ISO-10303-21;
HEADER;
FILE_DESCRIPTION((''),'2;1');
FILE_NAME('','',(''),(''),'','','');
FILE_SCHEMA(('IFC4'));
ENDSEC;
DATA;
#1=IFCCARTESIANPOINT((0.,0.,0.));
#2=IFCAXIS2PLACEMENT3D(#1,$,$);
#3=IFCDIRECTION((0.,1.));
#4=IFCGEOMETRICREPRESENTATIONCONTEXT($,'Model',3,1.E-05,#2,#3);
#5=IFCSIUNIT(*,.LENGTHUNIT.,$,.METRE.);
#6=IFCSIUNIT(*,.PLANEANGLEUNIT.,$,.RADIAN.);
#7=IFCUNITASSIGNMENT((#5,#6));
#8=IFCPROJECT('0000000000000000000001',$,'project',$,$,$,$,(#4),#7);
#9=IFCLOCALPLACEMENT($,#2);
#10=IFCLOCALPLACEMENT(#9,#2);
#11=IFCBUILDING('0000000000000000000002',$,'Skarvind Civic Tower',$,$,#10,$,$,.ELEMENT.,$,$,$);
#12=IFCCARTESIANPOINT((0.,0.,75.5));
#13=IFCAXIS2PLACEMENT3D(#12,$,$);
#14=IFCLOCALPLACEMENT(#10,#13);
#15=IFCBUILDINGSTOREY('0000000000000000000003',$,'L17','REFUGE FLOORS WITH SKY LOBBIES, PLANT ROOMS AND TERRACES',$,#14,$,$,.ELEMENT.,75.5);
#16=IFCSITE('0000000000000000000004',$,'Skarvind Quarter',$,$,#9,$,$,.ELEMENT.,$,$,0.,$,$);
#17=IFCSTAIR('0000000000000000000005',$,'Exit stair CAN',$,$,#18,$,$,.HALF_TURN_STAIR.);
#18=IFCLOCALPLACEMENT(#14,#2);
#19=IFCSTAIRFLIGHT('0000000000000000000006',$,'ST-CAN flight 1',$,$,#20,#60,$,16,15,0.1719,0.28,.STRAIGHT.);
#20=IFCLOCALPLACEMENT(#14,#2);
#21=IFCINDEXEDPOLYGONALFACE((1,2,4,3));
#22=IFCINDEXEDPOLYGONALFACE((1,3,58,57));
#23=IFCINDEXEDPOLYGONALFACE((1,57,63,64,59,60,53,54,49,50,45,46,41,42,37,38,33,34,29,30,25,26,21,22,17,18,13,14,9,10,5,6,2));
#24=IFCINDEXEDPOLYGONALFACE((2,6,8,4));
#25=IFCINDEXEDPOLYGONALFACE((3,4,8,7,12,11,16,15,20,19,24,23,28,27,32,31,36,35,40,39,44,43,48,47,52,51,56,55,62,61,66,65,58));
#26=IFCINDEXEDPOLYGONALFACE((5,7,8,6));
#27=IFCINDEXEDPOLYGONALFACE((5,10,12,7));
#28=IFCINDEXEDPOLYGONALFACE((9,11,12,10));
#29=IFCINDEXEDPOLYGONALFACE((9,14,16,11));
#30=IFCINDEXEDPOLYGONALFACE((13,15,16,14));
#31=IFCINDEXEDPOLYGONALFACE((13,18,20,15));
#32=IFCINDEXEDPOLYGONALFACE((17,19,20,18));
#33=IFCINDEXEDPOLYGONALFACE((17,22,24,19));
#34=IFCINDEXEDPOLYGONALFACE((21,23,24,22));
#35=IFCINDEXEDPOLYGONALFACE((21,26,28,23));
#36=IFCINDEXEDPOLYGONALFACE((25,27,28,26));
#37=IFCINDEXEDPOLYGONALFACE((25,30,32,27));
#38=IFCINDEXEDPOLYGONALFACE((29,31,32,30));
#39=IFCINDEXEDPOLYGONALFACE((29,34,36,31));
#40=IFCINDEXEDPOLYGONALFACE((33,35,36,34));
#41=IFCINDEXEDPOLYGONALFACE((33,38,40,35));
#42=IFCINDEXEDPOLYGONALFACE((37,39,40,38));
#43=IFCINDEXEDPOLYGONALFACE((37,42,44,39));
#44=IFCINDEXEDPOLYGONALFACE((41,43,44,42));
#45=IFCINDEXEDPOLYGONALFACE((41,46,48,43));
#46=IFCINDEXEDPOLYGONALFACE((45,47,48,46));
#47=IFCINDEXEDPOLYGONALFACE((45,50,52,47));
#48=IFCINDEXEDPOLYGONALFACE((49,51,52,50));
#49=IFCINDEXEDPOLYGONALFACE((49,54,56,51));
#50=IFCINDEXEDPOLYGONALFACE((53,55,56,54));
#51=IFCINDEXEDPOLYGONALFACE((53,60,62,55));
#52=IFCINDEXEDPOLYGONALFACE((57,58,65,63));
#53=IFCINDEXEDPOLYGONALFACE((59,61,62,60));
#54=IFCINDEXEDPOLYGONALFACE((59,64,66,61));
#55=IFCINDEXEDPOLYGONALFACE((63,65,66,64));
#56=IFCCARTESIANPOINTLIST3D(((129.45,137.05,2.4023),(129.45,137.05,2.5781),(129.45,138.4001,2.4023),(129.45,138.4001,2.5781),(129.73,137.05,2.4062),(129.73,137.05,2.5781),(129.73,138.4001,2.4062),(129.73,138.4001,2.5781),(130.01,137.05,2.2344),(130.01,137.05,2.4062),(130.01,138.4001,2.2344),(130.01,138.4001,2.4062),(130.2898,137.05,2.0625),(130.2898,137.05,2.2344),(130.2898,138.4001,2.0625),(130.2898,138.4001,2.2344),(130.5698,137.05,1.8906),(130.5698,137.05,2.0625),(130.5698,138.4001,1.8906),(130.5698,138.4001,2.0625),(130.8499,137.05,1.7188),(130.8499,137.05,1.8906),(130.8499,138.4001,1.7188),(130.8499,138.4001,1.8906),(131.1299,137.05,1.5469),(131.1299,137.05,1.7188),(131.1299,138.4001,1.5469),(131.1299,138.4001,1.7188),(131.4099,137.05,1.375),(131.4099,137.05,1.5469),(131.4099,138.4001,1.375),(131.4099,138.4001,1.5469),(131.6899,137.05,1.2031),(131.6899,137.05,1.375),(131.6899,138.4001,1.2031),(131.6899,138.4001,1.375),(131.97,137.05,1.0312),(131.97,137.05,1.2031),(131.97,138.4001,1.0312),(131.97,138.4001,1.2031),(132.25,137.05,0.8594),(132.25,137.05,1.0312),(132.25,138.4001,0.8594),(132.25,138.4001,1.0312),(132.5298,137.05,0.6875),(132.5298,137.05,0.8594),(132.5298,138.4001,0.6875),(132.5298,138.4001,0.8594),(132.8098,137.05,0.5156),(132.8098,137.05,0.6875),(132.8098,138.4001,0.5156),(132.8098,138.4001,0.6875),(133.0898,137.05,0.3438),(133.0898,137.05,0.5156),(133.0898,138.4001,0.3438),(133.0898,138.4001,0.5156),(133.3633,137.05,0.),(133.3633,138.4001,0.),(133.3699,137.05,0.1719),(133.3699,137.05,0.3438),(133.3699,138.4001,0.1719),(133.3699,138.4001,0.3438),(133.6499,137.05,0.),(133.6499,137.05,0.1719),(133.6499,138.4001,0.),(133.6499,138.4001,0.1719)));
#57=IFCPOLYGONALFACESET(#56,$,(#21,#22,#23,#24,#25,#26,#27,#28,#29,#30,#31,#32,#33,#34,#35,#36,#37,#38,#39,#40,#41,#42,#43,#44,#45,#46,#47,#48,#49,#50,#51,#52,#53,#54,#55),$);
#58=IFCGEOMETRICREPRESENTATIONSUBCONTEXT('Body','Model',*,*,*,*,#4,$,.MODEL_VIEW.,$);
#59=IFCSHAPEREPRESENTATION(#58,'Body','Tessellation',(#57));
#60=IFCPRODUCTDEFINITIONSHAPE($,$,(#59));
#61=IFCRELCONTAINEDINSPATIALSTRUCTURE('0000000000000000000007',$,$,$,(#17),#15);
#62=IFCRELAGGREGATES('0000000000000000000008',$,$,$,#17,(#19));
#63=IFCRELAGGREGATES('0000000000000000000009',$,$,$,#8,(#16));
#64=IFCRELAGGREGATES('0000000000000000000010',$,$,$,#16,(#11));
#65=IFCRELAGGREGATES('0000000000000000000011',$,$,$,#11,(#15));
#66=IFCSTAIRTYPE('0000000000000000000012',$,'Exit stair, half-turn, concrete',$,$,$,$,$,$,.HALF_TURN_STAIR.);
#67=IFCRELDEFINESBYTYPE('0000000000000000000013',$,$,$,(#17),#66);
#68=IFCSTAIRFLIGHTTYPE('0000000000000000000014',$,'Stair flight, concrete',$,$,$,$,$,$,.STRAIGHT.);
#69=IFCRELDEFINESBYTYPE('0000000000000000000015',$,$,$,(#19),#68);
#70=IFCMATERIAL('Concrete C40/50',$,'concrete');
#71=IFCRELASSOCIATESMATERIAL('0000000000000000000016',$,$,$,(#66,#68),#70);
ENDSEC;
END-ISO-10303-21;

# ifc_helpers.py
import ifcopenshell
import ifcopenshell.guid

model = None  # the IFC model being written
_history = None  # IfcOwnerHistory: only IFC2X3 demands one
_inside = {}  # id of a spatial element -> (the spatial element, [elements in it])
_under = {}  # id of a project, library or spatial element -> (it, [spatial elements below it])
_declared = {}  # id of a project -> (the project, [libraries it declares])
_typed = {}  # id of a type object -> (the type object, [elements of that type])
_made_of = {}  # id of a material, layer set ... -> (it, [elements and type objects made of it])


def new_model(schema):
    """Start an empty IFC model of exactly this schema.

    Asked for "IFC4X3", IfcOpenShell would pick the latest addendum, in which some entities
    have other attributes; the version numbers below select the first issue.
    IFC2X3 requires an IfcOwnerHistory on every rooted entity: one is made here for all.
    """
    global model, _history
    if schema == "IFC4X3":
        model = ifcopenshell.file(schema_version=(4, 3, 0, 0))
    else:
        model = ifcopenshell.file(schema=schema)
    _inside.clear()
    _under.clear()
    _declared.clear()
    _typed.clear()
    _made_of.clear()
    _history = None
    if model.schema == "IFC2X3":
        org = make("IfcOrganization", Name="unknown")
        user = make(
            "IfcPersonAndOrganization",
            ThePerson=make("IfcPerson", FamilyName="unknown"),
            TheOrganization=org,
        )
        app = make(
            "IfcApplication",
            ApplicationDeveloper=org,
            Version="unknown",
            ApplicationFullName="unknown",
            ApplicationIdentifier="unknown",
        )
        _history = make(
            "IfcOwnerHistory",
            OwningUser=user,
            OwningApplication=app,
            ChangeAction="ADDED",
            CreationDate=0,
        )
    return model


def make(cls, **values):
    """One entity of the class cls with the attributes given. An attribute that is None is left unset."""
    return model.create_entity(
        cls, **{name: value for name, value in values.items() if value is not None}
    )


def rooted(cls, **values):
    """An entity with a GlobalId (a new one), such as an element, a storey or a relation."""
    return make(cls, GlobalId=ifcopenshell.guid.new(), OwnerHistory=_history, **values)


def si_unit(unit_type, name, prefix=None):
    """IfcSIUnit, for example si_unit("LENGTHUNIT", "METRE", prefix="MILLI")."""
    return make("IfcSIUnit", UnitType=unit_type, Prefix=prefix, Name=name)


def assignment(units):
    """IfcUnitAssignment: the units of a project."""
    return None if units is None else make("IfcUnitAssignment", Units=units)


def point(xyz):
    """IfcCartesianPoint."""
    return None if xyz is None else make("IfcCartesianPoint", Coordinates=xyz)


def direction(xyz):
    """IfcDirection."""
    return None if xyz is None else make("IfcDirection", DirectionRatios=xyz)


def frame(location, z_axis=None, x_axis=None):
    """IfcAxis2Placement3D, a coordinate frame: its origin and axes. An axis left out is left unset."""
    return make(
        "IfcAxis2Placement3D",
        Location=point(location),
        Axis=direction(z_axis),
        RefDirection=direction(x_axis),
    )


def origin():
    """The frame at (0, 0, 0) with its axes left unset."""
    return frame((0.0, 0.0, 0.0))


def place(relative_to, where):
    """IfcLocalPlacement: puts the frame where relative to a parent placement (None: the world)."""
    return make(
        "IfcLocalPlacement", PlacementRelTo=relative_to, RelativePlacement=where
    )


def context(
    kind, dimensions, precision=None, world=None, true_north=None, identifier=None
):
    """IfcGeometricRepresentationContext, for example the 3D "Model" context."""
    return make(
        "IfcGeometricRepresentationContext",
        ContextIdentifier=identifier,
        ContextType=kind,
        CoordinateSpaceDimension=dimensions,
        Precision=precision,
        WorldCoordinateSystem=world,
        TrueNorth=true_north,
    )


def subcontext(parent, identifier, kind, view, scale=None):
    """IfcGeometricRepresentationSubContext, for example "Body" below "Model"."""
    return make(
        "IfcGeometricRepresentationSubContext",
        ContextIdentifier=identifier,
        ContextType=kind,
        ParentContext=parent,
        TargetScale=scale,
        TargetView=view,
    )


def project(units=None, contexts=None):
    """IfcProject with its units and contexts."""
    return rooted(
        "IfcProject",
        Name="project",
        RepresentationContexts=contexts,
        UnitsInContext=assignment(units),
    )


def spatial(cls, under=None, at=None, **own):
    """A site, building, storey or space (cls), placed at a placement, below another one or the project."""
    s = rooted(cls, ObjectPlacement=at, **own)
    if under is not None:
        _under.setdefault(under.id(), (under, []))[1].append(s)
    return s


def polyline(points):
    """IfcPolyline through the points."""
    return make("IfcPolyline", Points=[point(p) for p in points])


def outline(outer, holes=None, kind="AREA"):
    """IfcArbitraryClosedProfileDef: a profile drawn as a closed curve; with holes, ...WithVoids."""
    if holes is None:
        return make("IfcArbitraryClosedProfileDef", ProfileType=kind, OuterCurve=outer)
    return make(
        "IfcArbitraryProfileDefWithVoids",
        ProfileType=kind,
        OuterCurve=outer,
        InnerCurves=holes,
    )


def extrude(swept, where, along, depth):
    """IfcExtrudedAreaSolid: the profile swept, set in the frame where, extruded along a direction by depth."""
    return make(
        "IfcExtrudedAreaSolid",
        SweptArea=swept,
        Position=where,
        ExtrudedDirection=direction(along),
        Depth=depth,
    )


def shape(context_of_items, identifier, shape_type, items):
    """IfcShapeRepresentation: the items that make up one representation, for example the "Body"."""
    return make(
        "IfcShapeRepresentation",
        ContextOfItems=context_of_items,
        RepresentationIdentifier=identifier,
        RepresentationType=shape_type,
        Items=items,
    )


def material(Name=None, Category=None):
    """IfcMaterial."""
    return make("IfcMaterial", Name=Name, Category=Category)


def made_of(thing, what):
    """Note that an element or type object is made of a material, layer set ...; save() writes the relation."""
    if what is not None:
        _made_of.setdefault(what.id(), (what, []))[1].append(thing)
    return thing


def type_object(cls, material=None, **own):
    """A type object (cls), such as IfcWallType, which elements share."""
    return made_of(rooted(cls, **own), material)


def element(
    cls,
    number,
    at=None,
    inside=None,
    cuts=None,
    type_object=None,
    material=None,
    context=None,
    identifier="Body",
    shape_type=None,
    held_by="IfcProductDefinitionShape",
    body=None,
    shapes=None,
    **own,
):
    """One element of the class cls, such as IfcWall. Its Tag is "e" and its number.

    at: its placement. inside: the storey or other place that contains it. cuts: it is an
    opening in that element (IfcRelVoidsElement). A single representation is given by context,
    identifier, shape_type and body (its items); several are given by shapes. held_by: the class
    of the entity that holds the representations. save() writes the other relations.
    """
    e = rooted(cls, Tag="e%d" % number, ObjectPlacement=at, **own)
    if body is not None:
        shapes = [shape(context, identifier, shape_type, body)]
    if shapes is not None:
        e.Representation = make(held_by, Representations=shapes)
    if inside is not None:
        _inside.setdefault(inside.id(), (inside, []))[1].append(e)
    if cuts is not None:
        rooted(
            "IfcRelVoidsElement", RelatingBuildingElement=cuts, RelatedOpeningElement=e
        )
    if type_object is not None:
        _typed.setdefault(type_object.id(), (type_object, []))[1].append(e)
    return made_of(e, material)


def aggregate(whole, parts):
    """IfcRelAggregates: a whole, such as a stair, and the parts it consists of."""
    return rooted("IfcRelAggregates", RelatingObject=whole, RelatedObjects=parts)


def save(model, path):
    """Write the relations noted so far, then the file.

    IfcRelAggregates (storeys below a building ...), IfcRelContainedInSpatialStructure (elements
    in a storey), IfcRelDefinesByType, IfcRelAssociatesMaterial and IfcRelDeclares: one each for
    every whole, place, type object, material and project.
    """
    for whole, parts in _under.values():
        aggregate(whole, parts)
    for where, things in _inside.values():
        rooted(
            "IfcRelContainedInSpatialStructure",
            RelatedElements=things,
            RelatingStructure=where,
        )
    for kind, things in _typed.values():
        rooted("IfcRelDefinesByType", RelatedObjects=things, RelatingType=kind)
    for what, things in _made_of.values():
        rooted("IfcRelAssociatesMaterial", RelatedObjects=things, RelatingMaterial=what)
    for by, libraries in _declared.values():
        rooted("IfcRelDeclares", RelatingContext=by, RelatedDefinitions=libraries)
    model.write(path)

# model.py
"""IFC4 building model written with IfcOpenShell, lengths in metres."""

from ifc_helpers import new_model, si_unit, direction, frame, origin, place, context, subcontext, project, spatial, polyline, outline, extrude, material, type_object, element, aggregate, save


model = new_model("IFC4")

# Units and contexts
model_context = context("Model", 3, precision=1e-05, world=origin(), true_north=direction((0.0, 1.0)))
body_context = subcontext(model_context, "Body", "Model", "MODEL_VIEW")
ifc_project = project(units=[si_unit("LENGTHUNIT", "METRE"), si_unit("PLANEANGLEUNIT", "RADIAN")], contexts=[model_context])

# Site, building, storey
site_placement = place(None, origin())
site = spatial("IfcSite", under=ifc_project, at=site_placement, Name="Skarvind Quarter", CompositionType="ELEMENT", RefElevation=0.0)
building_placement = place(site_placement, origin())
building = spatial("IfcBuilding", under=site, at=building_placement, Name="Skarvind Civic Tower", CompositionType="ELEMENT")
storey_placement = place(building_placement, frame((0.0, 0.0, 75.5)))
storey = spatial("IfcBuildingStorey", under=building, at=storey_placement, Name="L17", Description="REFUGE FLOORS WITH SKY LOBBIES, PLANT ROOMS AND TERRACES", CompositionType="ELEMENT", Elevation=75.5)

# Stair, stair flight
ifc_material_1 = material(Name="Concrete C40/50", Category="concrete")
stair_type = type_object("IfcStairType", Name="Exit stair, half-turn, concrete", PredefinedType="HALF_TURN_STAIR", material=ifc_material_1)
stair_placement = place(storey_placement, origin())
stair = element("IfcStair", 1, at=stair_placement, inside=storey, type_object=stair_type, Name="Exit stair CAN", PredefinedType="HALF_TURN_STAIR")
stair_flight_type = type_object("IfcStairFlightType", Name="Stair flight, concrete", PredefinedType="STRAIGHT", material=ifc_material_1)
stair_flight_placement = place(storey_placement, frame((133.6499, 137.7251, 0.0), z_axis=(0.0, 0.0, 1.0), x_axis=(-1.0, 0.0, 0.0)))
stair_flight = element("IfcStairFlight", 2, at=stair_flight_placement, type_object=stair_flight_type, Name="ST-CAN flight 1", NumberOfRisers=16, NumberOfTreads=15, PredefinedType="STRAIGHT", RiserHeight=0.1719, TreadLength=0.28, context=body_context, shape_type="SweptSolid", body=[
    extrude(outline(polyline([(0.0, 0.0), (0.0, 0.1719), (0.28, 0.1719), (0.28, 0.3438), (0.5601, 0.3438), (0.5601, 0.5156), (0.8401, 0.5156), (0.8401, 0.6875), (1.1201, 0.6875), (1.1201, 0.8594), (1.3999, 0.8594), (1.3999, 1.0312), (1.6799, 1.0312), (1.6799, 1.2031), (1.96, 1.2031), (1.96, 1.375), (2.24, 1.375), (2.24, 1.5469), (2.52, 1.5469), (2.52, 1.7188), (2.8, 1.7188), (2.8, 1.8906), (3.0801, 1.8906), (3.0801, 2.0625), (3.3601, 2.0625), (3.3601, 2.2344), (3.6399, 2.2344), (3.6399, 2.4062), (3.9199, 2.4062), (3.9199, 2.5781), (4.2, 2.5781), (4.2, 2.75), (4.2, 2.4023), (0.2866, 0.0), (0.0, 0.0)])), frame((0.0, 0.675, 0.0), z_axis=(0.0, -1.0, 0.0), x_axis=(1.0, 0.0, 0.0)), (0.0, 0.0, 1.0), 1.3501),
])
aggregate(stair, [stair_flight])

save(model, "model.ifc")
